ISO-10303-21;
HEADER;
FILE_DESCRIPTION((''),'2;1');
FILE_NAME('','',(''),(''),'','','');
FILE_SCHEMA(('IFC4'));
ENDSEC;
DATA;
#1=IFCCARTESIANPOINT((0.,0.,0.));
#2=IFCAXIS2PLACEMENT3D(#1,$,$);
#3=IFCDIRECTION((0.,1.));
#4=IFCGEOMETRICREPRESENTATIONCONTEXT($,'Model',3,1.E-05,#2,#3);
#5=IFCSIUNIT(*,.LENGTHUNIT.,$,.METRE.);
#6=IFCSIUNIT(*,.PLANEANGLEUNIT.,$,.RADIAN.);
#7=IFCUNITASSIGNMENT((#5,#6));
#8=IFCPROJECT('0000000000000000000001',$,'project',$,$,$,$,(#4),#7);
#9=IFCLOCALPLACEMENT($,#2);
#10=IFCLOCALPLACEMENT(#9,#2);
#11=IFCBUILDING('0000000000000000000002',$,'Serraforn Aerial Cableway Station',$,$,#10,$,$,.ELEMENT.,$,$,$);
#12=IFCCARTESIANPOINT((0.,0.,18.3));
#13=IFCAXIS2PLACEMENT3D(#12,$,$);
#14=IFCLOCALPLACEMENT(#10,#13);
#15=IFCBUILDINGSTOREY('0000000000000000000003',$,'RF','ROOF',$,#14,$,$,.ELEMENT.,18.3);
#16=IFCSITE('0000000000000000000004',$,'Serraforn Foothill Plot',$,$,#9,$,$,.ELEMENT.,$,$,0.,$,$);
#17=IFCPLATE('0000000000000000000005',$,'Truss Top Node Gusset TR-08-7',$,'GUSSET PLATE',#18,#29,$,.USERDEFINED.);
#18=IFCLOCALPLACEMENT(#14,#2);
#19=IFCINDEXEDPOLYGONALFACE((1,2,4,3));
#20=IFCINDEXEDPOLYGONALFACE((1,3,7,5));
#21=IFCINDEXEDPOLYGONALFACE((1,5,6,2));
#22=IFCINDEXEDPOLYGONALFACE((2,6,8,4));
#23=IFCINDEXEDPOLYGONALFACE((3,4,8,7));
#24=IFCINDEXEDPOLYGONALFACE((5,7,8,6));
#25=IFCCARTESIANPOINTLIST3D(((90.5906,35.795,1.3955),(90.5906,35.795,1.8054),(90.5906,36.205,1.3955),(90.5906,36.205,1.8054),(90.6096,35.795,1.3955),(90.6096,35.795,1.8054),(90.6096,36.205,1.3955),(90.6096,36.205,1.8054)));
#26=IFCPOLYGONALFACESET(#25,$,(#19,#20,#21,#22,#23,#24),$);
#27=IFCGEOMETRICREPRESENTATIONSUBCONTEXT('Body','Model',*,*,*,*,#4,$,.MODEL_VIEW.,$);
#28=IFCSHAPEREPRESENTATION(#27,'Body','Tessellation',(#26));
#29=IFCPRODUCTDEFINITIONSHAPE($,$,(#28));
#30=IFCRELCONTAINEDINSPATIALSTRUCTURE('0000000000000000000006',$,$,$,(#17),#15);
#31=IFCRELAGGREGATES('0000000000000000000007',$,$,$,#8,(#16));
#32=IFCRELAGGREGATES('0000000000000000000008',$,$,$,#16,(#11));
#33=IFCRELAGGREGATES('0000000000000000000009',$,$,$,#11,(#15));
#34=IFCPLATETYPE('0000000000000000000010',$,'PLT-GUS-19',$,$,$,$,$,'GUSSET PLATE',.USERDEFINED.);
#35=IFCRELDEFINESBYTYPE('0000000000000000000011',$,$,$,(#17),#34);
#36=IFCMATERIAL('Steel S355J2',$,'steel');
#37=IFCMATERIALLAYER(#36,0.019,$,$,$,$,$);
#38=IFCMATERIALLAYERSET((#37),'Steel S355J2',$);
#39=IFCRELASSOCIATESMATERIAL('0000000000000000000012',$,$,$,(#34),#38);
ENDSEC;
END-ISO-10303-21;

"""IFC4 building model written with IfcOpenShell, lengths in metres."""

from ifc_helpers import new_model, si_unit, direction, frame, origin, origin_2d, place, context, subcontext, project, spatial, rectangle, extrude, material, layer, layer_set, type_object, element, save


model = new_model("IFC4")

# Units and contexts
model_context = context("Model", 3, precision=1e-05, world=origin(), true_north=direction((0.0, 1.0)))
body_context = subcontext(model_context, "Body", "Model", "MODEL_VIEW")
ifc_project = project(units=[si_unit("LENGTHUNIT", "METRE"), si_unit("PLANEANGLEUNIT", "RADIAN")], contexts=[model_context])

# Site, building, storey
site_placement = place(None, origin())
site = spatial("IfcSite", under=ifc_project, at=site_placement, Name="Serraforn Foothill Plot", CompositionType="ELEMENT", RefElevation=0.0)
building_placement = place(site_placement, origin())
building = spatial("IfcBuilding", under=site, at=building_placement, Name="Serraforn Aerial Cableway Station", CompositionType="ELEMENT")
storey_placement = place(building_placement, frame((0.0, 0.0, 18.3)))
storey = spatial("IfcBuildingStorey", under=building, at=storey_placement, Name="RF", Description="ROOF", CompositionType="ELEMENT", Elevation=18.3)

# Shared definitions
ifc_material_1 = material(Name="Steel S355J2", Category="steel")

# Plate
ifc_layer_1 = layer(ifc_material_1, 0.019)
ifc_layer_set_1 = layer_set([ifc_layer_1], Name="Steel S355J2")
plate_type_1 = type_object("IfcPlateType", Name="PLT-GUS-19", ElementType="GUSSET PLATE", PredefinedType="USERDEFINED", material=ifc_layer_set_1)
plate_1_placement = place(storey_placement, frame((90.6001, 36.0, 1.3955), z_axis=(0.0, 0.0, 1.0), x_axis=(1.0, 0.0, 0.0)))
element("IfcPlate", 1, at=plate_1_placement, inside=storey, type_object=plate_type_1, Name="Truss Top Node Gusset TR-08-7", ObjectType="GUSSET PLATE", PredefinedType="USERDEFINED", context=body_context, shape_type="SweptSolid", body=[
    extrude(rectangle(XDim=0.019, YDim=0.4099, at=origin_2d()), origin(), (0.0, 0.0, 1.0), 0.4099),
])

save(model, "model.ifc")
